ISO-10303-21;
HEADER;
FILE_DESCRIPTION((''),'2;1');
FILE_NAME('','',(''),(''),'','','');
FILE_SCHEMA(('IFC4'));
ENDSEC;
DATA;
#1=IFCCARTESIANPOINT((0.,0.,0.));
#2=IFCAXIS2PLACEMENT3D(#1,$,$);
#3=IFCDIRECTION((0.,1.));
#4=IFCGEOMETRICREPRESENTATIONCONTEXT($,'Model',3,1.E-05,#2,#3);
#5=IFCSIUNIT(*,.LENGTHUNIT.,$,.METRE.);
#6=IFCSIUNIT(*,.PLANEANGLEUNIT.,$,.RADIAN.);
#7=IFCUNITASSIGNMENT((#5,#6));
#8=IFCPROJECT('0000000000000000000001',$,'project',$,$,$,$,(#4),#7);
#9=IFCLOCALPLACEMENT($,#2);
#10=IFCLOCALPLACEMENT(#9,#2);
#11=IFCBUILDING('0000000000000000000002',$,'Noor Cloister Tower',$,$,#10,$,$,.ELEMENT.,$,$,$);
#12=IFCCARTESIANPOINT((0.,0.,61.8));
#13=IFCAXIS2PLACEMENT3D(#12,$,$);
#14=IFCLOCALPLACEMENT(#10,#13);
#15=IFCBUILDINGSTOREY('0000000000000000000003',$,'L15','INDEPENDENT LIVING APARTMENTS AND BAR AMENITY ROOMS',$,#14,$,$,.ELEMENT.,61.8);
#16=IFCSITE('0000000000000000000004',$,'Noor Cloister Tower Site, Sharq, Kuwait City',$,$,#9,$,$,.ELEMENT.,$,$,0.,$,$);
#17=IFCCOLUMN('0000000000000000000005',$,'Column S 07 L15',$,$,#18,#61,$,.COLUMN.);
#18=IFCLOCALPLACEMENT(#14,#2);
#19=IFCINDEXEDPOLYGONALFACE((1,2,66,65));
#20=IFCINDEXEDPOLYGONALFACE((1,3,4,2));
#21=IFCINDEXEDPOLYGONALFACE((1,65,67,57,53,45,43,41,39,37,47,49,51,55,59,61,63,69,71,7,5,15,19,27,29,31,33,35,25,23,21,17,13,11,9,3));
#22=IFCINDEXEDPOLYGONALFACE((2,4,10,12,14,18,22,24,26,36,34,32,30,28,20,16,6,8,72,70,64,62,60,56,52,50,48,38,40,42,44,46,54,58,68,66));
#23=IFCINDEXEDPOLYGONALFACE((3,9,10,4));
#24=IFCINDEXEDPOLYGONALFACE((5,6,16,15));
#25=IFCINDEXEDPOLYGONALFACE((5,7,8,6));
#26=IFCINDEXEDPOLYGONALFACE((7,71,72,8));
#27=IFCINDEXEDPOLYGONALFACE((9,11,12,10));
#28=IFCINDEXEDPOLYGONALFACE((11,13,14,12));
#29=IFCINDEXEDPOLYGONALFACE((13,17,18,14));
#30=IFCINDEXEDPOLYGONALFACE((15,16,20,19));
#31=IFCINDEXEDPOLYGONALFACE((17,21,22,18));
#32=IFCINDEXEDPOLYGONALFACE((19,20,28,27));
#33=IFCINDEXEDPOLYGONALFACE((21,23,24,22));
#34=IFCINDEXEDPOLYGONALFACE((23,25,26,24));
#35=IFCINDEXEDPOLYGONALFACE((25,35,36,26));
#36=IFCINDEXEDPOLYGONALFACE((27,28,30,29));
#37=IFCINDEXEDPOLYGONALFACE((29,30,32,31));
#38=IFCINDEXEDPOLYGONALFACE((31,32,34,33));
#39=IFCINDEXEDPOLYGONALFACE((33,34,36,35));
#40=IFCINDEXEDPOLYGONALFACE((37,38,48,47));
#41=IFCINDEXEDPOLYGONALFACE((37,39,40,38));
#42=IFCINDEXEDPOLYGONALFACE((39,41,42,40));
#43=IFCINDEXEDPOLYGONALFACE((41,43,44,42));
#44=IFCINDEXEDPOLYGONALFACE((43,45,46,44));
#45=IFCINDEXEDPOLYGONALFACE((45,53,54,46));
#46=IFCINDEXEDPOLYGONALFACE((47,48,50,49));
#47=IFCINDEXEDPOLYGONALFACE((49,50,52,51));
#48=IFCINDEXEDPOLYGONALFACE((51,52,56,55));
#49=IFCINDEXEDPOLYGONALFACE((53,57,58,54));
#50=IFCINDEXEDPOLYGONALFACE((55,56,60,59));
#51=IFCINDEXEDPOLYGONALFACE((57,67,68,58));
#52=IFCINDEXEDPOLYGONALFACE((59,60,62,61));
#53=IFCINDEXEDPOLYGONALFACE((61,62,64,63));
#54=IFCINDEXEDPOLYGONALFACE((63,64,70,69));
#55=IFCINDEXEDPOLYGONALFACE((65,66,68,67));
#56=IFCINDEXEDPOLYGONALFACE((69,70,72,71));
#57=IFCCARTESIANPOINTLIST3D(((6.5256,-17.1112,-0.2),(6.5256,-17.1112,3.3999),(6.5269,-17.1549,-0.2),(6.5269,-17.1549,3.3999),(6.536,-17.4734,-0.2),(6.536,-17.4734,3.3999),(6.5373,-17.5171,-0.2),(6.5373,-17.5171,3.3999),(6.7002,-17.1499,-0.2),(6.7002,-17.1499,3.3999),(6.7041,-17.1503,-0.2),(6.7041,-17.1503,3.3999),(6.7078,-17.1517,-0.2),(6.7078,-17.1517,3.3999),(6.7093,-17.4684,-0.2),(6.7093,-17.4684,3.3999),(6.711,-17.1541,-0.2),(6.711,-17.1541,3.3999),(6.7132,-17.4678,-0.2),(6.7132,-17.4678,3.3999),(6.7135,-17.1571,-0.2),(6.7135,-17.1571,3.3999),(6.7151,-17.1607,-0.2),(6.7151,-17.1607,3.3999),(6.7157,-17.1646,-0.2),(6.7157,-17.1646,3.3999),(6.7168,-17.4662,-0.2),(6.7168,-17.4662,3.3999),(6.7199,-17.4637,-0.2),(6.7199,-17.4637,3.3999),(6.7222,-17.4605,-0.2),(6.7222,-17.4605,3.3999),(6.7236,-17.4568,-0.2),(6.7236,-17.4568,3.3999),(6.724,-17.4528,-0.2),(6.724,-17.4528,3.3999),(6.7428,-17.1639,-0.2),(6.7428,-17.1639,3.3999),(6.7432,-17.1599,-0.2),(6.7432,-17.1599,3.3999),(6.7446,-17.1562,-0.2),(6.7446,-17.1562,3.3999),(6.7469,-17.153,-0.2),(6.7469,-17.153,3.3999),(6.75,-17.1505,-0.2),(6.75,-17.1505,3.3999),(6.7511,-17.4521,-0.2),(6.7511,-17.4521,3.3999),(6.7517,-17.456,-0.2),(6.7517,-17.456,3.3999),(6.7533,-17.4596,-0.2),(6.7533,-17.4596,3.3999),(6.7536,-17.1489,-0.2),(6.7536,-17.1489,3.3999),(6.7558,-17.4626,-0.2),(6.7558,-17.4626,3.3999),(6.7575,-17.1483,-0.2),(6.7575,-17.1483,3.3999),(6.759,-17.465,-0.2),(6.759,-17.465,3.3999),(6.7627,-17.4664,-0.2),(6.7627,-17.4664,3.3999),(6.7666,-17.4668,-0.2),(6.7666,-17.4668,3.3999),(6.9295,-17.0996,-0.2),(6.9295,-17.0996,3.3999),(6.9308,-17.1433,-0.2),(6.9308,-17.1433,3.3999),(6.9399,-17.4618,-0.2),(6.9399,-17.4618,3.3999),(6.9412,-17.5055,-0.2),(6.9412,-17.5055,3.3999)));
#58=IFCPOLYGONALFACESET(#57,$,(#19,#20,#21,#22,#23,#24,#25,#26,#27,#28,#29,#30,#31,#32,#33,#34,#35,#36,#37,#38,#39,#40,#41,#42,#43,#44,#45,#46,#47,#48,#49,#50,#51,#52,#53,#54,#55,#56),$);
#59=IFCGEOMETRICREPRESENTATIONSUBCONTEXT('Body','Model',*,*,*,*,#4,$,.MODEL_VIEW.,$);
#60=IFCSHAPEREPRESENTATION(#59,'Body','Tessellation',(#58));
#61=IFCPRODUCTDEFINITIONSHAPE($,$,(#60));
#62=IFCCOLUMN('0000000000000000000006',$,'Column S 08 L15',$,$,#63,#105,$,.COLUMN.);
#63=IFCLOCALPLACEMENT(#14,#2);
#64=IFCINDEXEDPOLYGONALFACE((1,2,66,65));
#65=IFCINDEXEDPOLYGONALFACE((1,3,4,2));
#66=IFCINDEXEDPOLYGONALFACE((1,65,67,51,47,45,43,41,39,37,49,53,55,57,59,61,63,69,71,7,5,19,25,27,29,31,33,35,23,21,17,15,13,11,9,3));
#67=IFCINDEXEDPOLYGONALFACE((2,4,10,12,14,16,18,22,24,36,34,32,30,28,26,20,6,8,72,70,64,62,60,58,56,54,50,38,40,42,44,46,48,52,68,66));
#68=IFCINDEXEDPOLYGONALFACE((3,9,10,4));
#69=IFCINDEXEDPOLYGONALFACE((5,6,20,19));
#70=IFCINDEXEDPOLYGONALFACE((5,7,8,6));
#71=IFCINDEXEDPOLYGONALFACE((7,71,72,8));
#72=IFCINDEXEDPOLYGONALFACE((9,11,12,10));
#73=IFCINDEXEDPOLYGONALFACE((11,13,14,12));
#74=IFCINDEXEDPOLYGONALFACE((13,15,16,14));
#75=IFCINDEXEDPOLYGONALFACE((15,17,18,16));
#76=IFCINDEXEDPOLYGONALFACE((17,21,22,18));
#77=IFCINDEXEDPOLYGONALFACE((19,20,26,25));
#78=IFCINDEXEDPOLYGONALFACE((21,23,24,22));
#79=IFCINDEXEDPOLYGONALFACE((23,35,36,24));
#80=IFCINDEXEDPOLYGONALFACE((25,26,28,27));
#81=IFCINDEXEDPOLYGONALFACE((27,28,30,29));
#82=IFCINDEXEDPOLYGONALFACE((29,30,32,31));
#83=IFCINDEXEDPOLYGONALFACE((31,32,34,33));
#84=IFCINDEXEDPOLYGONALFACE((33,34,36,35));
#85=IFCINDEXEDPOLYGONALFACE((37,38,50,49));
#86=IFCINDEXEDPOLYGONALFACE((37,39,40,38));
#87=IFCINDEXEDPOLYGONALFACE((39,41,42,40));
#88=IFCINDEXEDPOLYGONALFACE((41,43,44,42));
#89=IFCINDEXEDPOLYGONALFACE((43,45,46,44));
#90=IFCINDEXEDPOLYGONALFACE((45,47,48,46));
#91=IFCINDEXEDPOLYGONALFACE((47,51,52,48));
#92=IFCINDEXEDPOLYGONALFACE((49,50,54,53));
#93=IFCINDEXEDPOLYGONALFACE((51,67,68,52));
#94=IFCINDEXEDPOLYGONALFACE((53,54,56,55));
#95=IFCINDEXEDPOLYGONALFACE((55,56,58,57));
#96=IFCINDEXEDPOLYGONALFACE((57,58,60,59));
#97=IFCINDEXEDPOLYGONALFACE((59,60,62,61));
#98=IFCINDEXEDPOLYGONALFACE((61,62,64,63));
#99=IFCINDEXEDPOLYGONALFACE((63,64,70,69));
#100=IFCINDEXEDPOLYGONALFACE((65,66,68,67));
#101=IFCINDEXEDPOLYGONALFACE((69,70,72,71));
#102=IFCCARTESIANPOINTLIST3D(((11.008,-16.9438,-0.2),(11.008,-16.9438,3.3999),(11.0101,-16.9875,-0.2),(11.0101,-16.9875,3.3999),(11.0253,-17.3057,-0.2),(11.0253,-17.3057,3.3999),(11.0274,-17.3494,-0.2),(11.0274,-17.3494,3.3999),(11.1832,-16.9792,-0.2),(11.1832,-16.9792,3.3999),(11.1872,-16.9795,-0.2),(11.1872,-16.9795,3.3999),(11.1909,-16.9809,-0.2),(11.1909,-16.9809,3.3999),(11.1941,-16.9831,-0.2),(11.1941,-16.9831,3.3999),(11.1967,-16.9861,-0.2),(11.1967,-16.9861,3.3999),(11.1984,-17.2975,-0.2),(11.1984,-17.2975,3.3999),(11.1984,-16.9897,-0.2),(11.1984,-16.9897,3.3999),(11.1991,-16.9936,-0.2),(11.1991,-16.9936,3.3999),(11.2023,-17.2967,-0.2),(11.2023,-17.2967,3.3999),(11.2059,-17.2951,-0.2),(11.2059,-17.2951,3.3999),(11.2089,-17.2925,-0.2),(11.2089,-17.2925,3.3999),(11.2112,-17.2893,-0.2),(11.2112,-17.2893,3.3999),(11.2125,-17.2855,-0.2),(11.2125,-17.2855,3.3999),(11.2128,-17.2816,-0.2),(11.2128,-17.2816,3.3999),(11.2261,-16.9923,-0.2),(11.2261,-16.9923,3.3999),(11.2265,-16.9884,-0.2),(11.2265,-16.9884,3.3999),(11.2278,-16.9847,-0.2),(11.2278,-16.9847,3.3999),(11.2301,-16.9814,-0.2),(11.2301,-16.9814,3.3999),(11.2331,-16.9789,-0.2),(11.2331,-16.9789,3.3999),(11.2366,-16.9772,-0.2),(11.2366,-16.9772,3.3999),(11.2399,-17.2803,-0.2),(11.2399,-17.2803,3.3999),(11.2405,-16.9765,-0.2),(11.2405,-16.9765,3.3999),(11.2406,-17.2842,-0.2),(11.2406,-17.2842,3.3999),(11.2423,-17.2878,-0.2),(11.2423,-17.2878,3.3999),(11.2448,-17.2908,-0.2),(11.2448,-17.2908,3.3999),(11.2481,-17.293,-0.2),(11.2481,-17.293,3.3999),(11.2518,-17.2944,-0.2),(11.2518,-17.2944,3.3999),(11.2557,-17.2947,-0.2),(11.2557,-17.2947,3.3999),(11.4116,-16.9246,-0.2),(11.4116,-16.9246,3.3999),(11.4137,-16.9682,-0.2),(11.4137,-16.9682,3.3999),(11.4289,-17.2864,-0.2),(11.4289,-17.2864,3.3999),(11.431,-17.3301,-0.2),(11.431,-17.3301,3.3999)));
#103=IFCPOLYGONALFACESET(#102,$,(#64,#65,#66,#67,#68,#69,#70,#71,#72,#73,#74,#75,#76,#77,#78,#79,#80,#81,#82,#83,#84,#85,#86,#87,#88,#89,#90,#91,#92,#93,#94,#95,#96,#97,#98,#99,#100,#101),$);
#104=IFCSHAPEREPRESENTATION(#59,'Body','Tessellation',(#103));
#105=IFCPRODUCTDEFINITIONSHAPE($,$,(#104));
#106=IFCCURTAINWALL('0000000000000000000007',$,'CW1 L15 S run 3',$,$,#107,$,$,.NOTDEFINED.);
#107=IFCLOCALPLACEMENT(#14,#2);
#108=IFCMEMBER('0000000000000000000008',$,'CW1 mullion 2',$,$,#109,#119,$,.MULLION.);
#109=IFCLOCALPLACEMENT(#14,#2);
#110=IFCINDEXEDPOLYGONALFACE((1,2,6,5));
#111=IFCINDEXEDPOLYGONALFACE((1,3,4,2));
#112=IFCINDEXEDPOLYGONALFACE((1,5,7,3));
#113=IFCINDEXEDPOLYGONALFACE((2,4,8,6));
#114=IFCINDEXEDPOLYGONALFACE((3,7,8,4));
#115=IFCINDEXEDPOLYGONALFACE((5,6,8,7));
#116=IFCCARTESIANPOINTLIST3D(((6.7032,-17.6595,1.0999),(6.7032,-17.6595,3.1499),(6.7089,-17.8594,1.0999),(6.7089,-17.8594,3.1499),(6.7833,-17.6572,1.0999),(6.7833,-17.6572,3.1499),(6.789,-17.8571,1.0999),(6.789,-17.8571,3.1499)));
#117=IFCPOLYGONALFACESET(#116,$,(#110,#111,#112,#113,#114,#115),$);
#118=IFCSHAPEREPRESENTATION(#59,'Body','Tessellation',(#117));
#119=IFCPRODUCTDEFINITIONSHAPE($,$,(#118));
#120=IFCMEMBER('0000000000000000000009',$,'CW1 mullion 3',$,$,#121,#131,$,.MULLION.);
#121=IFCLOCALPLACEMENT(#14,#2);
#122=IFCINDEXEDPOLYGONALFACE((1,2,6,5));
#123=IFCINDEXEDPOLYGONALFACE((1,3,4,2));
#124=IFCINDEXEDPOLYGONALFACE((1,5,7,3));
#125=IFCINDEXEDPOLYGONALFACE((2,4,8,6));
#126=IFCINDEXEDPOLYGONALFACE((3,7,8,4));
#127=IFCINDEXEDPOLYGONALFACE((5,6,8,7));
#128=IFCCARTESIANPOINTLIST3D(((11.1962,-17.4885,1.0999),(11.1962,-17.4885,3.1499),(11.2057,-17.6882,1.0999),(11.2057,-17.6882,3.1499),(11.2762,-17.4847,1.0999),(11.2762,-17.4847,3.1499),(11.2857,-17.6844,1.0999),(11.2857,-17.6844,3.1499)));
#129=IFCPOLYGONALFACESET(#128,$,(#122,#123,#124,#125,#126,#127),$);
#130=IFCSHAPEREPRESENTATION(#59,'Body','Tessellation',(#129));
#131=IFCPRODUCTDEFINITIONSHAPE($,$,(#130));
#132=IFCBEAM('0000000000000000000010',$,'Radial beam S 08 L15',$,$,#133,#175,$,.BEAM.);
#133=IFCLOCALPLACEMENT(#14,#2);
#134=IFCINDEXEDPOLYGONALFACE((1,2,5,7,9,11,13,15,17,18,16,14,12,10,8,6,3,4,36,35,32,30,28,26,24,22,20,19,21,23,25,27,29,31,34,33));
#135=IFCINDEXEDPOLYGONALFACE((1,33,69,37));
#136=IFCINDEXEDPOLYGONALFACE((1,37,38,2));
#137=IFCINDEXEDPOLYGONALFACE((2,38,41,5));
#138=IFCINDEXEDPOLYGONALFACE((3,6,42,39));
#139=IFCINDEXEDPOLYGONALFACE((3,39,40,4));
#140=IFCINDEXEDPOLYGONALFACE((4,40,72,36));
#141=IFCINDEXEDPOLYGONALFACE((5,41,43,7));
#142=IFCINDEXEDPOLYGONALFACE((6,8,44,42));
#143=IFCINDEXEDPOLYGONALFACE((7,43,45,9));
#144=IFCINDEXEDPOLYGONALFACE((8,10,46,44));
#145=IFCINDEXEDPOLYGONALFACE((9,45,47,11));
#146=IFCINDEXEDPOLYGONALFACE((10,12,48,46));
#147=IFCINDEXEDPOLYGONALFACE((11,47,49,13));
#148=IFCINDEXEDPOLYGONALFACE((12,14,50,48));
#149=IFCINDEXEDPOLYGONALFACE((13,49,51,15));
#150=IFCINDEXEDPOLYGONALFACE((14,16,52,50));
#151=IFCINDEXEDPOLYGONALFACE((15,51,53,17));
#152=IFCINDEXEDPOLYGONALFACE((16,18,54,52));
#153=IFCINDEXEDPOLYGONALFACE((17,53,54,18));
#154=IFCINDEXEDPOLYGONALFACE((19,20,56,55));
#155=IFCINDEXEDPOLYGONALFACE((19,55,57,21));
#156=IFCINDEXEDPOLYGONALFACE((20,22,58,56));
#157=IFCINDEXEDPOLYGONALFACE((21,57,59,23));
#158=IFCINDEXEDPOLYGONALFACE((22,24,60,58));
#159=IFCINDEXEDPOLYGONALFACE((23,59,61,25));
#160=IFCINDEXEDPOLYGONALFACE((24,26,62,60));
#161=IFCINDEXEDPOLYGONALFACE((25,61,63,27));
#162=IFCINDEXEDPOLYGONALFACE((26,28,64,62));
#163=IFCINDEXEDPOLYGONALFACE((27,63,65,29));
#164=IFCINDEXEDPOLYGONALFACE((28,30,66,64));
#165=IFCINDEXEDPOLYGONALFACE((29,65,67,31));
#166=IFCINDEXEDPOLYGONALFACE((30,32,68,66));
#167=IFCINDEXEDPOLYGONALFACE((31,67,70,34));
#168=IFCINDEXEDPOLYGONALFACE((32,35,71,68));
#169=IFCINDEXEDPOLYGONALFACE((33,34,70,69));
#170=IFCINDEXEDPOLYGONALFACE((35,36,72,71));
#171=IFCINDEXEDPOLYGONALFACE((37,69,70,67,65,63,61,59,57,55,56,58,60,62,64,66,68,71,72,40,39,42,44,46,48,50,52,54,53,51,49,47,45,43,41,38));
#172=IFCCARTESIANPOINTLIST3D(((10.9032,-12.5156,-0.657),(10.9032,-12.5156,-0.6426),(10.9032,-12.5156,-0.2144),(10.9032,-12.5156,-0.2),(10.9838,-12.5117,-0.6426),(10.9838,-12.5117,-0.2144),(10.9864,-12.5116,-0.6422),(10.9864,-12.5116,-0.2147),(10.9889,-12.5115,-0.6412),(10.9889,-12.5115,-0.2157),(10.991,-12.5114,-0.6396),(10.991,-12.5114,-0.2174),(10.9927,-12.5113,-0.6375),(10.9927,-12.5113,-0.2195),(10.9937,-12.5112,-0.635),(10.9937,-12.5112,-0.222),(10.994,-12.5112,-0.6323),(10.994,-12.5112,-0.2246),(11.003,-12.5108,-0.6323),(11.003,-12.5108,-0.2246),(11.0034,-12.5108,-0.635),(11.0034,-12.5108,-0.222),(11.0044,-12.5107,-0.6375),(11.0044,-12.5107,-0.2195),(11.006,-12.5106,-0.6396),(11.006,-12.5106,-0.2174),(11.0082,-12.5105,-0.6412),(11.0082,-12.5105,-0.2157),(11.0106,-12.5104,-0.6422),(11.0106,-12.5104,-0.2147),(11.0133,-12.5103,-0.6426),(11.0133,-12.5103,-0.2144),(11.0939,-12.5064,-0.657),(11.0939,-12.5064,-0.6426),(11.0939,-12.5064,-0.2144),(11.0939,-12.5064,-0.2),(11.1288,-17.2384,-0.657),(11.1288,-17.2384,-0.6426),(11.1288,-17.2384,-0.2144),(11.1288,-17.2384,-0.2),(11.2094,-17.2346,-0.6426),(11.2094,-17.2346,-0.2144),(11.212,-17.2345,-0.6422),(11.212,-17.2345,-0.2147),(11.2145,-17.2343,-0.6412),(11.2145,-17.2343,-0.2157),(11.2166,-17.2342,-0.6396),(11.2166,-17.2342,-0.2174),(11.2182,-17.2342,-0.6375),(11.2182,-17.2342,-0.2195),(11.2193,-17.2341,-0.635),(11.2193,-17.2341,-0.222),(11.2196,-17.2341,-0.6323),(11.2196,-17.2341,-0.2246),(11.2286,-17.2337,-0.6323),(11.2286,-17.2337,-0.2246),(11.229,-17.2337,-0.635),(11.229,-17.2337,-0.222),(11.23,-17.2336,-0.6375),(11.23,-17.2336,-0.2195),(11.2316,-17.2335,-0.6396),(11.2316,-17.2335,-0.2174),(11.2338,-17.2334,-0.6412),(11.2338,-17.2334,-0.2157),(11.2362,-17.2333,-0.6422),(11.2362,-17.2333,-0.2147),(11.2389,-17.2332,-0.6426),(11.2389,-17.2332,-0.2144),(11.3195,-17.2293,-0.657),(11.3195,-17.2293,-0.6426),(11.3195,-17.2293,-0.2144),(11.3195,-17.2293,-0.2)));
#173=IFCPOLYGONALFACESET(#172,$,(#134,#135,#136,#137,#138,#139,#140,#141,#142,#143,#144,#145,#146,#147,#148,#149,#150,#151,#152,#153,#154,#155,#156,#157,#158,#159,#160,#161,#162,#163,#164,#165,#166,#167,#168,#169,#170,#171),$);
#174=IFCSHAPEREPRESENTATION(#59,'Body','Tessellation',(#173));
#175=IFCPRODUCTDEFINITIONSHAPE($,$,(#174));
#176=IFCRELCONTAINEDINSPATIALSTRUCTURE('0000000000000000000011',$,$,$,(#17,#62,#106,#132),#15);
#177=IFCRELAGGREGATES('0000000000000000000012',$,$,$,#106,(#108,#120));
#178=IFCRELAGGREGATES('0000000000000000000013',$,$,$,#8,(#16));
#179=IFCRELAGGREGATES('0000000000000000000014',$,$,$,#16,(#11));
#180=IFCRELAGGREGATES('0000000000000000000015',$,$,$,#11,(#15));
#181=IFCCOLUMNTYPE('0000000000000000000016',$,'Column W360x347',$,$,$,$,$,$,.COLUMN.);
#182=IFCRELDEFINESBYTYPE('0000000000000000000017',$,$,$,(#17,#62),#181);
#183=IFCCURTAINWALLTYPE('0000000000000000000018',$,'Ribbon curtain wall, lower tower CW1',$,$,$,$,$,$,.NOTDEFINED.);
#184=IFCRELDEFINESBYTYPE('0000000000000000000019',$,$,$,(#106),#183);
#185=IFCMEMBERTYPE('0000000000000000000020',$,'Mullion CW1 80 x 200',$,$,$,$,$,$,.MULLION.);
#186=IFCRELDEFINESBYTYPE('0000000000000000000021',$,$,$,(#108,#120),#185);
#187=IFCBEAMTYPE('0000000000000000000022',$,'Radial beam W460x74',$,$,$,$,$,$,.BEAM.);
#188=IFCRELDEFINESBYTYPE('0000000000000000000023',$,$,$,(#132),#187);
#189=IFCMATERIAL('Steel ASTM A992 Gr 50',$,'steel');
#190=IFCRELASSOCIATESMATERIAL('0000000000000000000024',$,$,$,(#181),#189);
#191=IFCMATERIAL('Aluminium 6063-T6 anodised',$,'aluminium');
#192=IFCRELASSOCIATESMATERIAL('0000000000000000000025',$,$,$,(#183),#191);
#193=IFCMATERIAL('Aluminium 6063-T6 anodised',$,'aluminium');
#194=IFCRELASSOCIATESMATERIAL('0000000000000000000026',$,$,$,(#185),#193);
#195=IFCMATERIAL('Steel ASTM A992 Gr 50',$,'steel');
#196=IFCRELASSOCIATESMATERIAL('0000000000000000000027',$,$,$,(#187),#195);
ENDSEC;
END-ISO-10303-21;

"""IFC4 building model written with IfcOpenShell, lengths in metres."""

from ifc_helpers import new_model, si_unit, direction, frame, origin, origin_2d, place, context, subcontext, project, spatial, rectangle, i_section, extrude, material, material_profile, profile_set, type_object, element, aggregate, save


model = new_model("IFC4")

# Units and contexts
model_context = context("Model", 3, precision=1e-05, world=origin(), true_north=direction((0.0, 1.0)))
body_context = subcontext(model_context, "Body", "Model", "MODEL_VIEW")
ifc_project = project(units=[si_unit("LENGTHUNIT", "METRE"), si_unit("PLANEANGLEUNIT", "RADIAN")], contexts=[model_context])

# Site, building, storey
site_placement = place(None, origin())
site = spatial("IfcSite", under=ifc_project, at=site_placement, Name="Noor Cloister Tower Site, Sharq, Kuwait City", CompositionType="ELEMENT", RefElevation=0.0)
building_placement = place(site_placement, origin())
building = spatial("IfcBuilding", under=site, at=building_placement, Name="Noor Cloister Tower", CompositionType="ELEMENT")
storey_placement = place(building_placement, frame((0.0, 0.0, 61.8)))
storey = spatial("IfcBuildingStorey", under=building, at=storey_placement, Name="L15", Description="INDEPENDENT LIVING APARTMENTS AND BAR AMENITY ROOMS", CompositionType="ELEMENT", Elevation=61.8)

# Columns
ifc_material_1 = material(Name="Steel ASTM A992 Gr 50", Category="steel")
ifc_material_profile_1 = material_profile(ifc_material_1, i_section(OverallWidth=0.4041, OverallDepth=0.406, WebThickness=0.0271, FlangeThickness=0.0437, FilletRadius=0.0151, at=origin_2d()), Name="W360x347")
ifc_profile_set_1 = profile_set([ifc_material_profile_1], Name="Steel ASTM A992 Gr 50")
column_type = type_object("IfcColumnType", Name="Column W360x347", PredefinedType="COLUMN", material=ifc_profile_set_1)
for number, where, z_axis, x_axis, name in (
    (1, (6.7334, -17.3083, -0.2), (0.0, 0.0, 1.0), (0.99959, 0.028641, 0.0), "Column S 07 L15"),
    (2, (11.2195, -17.137, -0.2), (0.0, 0.0, 1.0), (0.998861, 0.047723, 0.0), "Column S 08 L15"),
):
    element("IfcColumn", number, at=place(storey_placement, frame(where, z_axis=z_axis, x_axis=x_axis)), inside=storey, type_object=column_type, Name=name, PredefinedType="COLUMN", context=body_context, shape_type="SweptSolid", body=[
        extrude(i_section(OverallWidth=0.4041, OverallDepth=0.406, WebThickness=0.0271, FlangeThickness=0.0437, FilletRadius=0.0151, at=origin_2d()), origin(), (0.0, 0.0, 1.0), 3.5999),
    ])

# Curtain wall, members
ifc_material_2 = material(Name="Aluminium 6063-T6 anodised", Category="aluminium")
curtain_wall_type = type_object("IfcCurtainWallType", Name="Ribbon curtain wall, lower tower CW1", PredefinedType="NOTDEFINED", material=ifc_material_2)
curtain_wall_placement = place(storey_placement, origin())
curtain_wall = element("IfcCurtainWall", 3, at=curtain_wall_placement, inside=storey, type_object=curtain_wall_type, Name="CW1 L15 S run 3", PredefinedType="NOTDEFINED")
ifc_material_3 = material(Name="Aluminium 6063-T6 anodised", Category="aluminium")
ifc_material_profile_2 = material_profile(ifc_material_3, rectangle(XDim=0.2, YDim=0.0801, at=origin_2d()), Name="200 x 80 mullion")
ifc_profile_set_2 = profile_set([ifc_material_profile_2], Name="Aluminium 6063-T6 anodised")
member_type = type_object("IfcMemberType", Name="Mullion CW1 80 x 200", PredefinedType="MULLION", material=ifc_profile_set_2)
member_1_placement = place(storey_placement, frame((6.7461, -17.7583, 1.0999), z_axis=(0.0, 0.0, 1.0), x_axis=(-0.028641, 0.99959, 0.0)))
member_1 = element("IfcMember", 4, at=member_1_placement, type_object=member_type, Name="CW1 mullion 2", PredefinedType="MULLION", context=body_context, shape_type="SweptSolid", body=[
    extrude(rectangle(XDim=0.2, YDim=0.0801, at=origin_2d()), origin(), (0.0, 0.0, 1.0), 2.05),
])
member_2_placement = place(storey_placement, frame((11.241, -17.5864, 1.0999), z_axis=(0.0, 0.0, 1.0), x_axis=(-0.047723, 0.998861, 0.0)))
member_2 = element("IfcMember", 5, at=member_2_placement, type_object=member_type, Name="CW1 mullion 3", PredefinedType="MULLION", context=body_context, shape_type="SweptSolid", body=[
    extrude(rectangle(XDim=0.2, YDim=0.0801, at=origin_2d()), origin(), (0.0, 0.0, 1.0), 2.05),
])

# Beam
ifc_material_4 = material(Name="Steel ASTM A992 Gr 50", Category="steel")
ifc_material_profile_3 = material_profile(ifc_material_4, i_section(OverallWidth=0.1909, OverallDepth=0.457, WebThickness=0.009, FlangeThickness=0.0144, FilletRadius=0.0103, at=origin_2d()), Name="W460x74")
ifc_profile_set_3 = profile_set([ifc_material_profile_3], Name="Steel ASTM A992 Gr 50")
beam_type_1 = type_object("IfcBeamType", Name="Radial beam W460x74", PredefinedType="BEAM", material=ifc_profile_set_3)
beam_1_placement = place(storey_placement, frame((11.2241, -17.2339, -0.4285), z_axis=(-0.04771, 0.998861, 0.0), x_axis=(-0.998861, -0.04771, 0.0)))
element("IfcBeam", 6, at=beam_1_placement, inside=storey, type_object=beam_type_1, Name="Radial beam S 08 L15", PredefinedType="BEAM", context=body_context, shape_type="SweptSolid", body=[
    extrude(i_section(OverallWidth=0.1909, OverallDepth=0.457, WebThickness=0.009, FlangeThickness=0.0144, FilletRadius=0.0103, at=origin_2d()), origin(), (0.0, 0.0, 1.0), 4.7283),
])

aggregate(curtain_wall, [member_1, member_2])

save(model, "model.ifc")
